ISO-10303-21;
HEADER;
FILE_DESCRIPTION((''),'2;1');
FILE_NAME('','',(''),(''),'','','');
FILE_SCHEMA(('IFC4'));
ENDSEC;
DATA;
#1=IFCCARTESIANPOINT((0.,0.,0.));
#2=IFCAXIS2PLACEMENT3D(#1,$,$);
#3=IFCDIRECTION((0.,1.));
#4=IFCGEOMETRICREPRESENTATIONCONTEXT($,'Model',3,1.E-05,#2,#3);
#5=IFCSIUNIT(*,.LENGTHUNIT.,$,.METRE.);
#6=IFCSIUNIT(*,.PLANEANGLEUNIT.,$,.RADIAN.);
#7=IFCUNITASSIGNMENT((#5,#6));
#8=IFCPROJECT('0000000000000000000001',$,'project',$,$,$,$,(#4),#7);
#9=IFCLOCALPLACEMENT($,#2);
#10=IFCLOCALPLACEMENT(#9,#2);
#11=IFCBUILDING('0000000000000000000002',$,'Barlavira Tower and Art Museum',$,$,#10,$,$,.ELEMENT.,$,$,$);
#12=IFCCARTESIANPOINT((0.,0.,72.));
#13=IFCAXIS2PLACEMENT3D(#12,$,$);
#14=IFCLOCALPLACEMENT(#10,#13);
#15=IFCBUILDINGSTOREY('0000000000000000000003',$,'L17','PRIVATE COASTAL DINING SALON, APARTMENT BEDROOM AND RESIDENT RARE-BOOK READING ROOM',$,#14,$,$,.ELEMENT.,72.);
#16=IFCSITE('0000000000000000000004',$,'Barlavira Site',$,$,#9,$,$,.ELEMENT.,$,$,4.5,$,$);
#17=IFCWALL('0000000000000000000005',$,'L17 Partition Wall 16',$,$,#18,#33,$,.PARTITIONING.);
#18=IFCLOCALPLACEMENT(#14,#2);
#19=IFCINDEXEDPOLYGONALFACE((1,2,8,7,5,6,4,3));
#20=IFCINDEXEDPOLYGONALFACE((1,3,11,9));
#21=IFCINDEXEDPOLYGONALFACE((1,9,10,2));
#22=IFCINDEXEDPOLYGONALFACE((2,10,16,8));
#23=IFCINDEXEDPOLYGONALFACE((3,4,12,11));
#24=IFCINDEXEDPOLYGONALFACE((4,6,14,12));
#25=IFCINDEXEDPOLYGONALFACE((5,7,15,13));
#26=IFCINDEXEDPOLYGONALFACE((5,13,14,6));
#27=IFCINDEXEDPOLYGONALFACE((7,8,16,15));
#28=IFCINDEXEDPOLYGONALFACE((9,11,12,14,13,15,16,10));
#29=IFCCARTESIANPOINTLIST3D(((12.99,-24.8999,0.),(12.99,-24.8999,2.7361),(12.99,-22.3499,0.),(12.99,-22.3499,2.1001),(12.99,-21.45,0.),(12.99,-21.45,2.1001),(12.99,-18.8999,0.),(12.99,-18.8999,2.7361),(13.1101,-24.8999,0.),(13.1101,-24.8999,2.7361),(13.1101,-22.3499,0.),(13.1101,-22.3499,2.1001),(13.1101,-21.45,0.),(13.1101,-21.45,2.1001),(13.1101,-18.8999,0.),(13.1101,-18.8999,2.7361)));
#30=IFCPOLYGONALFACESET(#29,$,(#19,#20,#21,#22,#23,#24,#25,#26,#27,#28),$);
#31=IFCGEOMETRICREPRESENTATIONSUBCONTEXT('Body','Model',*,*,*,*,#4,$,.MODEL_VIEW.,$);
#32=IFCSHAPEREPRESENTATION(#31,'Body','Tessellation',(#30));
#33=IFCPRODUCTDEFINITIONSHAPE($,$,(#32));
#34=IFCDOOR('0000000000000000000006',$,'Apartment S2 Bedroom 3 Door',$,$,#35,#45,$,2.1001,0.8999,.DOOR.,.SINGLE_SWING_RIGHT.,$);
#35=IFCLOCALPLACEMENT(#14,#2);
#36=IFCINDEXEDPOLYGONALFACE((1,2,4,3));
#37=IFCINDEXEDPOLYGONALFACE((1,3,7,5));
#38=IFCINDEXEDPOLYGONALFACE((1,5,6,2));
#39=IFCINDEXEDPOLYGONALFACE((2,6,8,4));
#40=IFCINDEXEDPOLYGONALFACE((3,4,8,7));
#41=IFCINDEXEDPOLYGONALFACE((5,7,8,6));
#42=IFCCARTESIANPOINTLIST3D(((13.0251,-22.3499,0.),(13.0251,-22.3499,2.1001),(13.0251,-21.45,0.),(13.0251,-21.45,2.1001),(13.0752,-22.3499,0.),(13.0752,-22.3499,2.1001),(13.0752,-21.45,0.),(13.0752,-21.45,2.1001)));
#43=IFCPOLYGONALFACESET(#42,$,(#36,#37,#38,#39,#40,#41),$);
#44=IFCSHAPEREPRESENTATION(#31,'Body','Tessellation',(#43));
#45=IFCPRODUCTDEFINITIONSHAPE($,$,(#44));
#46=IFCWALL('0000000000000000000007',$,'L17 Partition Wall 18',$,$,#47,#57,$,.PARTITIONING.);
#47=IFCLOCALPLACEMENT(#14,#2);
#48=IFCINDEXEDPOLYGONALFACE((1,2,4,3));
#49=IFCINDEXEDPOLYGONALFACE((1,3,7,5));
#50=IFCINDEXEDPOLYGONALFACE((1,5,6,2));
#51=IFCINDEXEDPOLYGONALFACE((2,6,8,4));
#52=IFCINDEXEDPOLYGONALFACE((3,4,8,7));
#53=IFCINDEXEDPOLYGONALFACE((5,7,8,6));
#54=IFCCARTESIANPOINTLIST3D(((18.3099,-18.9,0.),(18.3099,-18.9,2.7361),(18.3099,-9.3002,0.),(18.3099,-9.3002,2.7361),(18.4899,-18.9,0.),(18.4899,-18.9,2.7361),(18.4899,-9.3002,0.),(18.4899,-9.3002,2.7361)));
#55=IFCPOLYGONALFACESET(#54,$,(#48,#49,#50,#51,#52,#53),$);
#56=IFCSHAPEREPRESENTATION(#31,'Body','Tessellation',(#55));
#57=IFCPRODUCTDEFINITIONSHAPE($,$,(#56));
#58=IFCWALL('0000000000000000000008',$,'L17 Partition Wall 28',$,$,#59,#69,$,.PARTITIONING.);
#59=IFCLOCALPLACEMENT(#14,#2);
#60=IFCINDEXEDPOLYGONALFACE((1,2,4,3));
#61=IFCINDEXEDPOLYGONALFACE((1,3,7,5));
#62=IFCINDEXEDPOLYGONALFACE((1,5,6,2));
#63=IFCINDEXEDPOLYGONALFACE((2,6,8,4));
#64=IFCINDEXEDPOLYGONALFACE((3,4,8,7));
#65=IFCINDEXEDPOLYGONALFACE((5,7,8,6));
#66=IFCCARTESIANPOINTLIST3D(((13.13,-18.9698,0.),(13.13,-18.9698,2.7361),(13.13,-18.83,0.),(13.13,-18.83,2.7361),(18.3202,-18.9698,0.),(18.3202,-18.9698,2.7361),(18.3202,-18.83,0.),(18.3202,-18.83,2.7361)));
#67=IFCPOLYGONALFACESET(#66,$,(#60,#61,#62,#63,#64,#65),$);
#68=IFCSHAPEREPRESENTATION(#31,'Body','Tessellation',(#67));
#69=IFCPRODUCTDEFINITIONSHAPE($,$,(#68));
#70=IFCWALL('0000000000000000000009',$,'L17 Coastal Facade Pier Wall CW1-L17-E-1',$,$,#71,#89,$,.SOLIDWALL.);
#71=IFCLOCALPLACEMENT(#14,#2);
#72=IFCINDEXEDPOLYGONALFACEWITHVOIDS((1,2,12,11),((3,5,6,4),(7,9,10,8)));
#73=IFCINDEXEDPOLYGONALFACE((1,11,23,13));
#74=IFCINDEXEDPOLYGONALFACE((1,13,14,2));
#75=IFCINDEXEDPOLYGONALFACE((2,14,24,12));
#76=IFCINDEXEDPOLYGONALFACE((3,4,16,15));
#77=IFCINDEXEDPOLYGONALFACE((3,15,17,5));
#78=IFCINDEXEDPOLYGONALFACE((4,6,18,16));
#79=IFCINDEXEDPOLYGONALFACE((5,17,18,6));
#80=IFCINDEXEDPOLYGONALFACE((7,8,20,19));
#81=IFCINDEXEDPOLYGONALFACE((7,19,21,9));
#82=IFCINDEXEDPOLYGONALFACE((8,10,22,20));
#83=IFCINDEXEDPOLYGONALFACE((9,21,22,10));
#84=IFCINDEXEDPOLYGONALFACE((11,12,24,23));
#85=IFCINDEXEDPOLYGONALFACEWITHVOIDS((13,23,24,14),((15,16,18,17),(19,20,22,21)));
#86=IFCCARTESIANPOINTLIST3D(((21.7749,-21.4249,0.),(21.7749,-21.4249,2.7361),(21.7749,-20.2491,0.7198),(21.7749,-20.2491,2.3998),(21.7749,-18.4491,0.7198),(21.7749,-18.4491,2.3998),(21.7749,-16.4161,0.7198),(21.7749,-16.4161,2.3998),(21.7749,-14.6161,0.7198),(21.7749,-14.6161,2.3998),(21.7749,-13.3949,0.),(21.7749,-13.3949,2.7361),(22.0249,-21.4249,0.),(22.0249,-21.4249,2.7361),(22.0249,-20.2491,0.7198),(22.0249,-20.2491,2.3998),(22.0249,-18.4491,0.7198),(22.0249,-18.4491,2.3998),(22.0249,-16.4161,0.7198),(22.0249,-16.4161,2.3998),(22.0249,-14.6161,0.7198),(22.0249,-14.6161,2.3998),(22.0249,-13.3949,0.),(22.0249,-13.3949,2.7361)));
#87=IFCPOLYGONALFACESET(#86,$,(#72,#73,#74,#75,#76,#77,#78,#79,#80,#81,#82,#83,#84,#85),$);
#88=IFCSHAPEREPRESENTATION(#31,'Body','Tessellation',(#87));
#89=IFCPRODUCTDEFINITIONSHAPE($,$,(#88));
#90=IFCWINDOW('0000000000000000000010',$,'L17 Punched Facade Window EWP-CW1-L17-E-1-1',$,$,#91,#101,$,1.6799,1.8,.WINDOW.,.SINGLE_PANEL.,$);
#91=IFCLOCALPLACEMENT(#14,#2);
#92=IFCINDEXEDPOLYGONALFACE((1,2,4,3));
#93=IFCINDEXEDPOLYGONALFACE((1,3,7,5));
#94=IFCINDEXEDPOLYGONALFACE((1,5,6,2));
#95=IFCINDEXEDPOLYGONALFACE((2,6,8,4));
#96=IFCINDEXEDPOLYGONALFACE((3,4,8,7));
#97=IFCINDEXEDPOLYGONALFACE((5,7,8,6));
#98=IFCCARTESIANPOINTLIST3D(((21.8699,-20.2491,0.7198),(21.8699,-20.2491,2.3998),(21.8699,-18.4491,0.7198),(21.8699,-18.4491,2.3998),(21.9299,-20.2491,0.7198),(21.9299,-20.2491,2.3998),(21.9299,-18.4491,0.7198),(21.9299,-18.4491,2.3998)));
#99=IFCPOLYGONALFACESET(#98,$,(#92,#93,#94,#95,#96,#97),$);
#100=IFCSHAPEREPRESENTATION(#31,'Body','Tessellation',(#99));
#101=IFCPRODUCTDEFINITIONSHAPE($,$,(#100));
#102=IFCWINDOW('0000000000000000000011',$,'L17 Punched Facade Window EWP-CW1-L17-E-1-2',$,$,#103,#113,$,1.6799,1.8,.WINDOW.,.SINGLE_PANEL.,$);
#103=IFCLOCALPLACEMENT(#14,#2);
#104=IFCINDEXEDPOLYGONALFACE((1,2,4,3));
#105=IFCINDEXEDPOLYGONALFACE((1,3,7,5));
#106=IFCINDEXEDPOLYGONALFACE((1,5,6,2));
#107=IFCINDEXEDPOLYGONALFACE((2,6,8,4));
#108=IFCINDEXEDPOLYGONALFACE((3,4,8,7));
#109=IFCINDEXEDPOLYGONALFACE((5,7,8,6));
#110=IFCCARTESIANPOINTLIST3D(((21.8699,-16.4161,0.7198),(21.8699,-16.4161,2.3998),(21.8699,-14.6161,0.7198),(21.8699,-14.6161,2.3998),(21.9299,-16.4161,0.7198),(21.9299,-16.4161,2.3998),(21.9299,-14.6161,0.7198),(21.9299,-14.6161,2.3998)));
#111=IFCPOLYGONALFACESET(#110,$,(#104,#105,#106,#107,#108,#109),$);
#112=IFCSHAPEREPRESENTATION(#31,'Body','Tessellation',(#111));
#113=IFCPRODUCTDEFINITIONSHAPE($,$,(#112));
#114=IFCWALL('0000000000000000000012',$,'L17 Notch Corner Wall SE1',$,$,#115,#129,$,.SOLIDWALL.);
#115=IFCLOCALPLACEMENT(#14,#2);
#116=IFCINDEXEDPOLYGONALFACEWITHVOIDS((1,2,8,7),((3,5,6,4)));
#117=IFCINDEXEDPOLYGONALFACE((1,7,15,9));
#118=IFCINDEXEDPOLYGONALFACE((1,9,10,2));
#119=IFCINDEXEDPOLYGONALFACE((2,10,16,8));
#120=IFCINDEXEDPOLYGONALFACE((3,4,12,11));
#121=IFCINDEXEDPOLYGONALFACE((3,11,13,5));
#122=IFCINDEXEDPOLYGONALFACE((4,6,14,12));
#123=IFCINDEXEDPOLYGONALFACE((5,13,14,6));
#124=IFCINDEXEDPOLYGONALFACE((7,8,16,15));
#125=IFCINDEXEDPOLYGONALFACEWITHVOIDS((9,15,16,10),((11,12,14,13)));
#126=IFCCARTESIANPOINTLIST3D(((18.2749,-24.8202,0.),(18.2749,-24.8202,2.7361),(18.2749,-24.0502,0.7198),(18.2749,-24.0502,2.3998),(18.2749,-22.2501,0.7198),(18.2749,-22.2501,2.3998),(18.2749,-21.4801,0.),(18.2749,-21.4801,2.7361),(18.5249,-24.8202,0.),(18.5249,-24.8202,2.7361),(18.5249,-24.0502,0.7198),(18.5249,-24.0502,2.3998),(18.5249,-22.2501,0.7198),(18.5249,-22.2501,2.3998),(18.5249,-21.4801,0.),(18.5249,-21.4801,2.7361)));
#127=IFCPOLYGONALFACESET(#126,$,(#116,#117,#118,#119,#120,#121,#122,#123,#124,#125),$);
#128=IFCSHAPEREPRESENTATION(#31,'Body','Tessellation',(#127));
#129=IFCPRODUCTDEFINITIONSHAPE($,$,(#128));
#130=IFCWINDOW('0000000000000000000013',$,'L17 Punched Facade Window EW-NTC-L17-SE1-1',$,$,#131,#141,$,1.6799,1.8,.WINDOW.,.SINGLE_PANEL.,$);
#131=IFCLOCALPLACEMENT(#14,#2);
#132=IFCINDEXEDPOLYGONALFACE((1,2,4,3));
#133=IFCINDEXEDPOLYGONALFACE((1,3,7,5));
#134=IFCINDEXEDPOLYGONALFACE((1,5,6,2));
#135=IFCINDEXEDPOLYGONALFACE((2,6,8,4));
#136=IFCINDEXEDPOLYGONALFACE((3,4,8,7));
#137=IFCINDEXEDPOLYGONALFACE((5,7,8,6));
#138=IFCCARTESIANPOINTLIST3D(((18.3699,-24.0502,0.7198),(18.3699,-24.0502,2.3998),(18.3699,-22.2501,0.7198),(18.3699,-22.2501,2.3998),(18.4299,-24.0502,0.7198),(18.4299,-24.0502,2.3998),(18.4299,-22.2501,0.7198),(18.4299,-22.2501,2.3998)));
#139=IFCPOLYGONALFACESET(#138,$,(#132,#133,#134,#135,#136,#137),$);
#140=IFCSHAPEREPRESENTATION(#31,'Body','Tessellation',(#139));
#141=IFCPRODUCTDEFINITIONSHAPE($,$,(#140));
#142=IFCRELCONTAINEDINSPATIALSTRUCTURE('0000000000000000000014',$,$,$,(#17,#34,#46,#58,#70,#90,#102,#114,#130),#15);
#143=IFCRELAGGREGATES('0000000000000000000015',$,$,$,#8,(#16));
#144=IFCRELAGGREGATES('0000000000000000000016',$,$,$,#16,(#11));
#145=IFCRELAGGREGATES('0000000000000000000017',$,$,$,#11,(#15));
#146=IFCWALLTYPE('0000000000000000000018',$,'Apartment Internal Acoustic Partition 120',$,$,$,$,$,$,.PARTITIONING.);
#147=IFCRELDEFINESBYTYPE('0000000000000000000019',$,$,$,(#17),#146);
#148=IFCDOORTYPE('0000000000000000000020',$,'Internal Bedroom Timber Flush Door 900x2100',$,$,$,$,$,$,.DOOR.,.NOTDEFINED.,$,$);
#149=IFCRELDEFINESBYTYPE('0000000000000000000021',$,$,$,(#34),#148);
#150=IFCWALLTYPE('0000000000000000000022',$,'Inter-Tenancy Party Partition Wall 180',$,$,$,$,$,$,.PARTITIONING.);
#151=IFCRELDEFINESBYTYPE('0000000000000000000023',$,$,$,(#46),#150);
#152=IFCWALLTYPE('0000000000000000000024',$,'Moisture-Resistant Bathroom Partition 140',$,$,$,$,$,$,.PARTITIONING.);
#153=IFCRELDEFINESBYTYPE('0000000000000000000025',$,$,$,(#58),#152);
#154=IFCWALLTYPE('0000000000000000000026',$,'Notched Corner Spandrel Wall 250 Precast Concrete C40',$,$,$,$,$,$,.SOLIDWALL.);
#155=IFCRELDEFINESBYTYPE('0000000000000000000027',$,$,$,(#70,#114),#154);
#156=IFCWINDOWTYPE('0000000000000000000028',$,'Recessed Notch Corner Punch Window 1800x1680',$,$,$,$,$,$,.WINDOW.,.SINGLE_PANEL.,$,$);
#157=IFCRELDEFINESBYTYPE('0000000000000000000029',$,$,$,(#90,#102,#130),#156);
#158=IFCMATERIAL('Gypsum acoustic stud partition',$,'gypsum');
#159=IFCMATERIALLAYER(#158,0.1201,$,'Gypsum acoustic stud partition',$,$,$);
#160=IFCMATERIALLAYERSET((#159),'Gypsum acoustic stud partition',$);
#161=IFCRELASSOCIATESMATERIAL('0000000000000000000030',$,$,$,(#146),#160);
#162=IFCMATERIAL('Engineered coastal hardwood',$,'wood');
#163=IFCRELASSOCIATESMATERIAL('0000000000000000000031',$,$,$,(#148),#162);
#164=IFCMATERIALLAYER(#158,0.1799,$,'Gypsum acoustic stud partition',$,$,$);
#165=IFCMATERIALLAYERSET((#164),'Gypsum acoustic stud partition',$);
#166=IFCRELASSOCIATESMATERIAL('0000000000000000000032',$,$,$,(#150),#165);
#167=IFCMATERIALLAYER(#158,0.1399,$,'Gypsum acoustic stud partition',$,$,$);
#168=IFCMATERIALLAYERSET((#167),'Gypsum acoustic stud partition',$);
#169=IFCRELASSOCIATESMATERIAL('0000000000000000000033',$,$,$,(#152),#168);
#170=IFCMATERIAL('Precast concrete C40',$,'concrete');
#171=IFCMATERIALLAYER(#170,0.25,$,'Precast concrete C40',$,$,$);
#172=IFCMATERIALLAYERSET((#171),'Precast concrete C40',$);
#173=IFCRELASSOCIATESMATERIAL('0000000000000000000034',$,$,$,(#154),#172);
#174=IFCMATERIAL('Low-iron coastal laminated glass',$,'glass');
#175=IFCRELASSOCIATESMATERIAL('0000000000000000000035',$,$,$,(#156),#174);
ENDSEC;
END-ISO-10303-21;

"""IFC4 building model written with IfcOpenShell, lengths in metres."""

from ifc_helpers import new_model, si_unit, direction, frame, frame_2d, origin, place, context, subcontext, project, spatial, rectangle, extrude, material, layer, layer_set, type_object, element, fill, save


model = new_model("IFC4")

# Units and contexts
model_context = context("Model", 3, precision=1e-05, world=origin(), true_north=direction((0.0, 1.0)))
body_context = subcontext(model_context, "Body", "Model", "MODEL_VIEW")
ifc_project = project(units=[si_unit("LENGTHUNIT", "METRE"), si_unit("PLANEANGLEUNIT", "RADIAN")], contexts=[model_context])

# Site, building, storey
site_placement = place(None, origin())
site = spatial("IfcSite", under=ifc_project, at=site_placement, Name="Barlavira Site", CompositionType="ELEMENT", RefElevation=4.5)
building_placement = place(site_placement, origin())
building = spatial("IfcBuilding", under=site, at=building_placement, Name="Barlavira Tower and Art Museum", CompositionType="ELEMENT")
storey_placement = place(building_placement, frame((0.0, 0.0, 72.0)))
storey = spatial("IfcBuildingStorey", under=building, at=storey_placement, Name="L17", Description="PRIVATE COASTAL DINING SALON, APARTMENT BEDROOM AND RESIDENT RARE-BOOK READING ROOM", CompositionType="ELEMENT", Elevation=72.0)

# Wall, opening, door
ifc_material_1 = material(Name="Gypsum acoustic stud partition", Category="gypsum")
ifc_layer_1 = layer(ifc_material_1, 0.1201, Name="Gypsum acoustic stud partition")
ifc_layer_set_1 = layer_set([ifc_layer_1], Name="Gypsum acoustic stud partition")
wall_type_1 = type_object("IfcWallType", Name="Apartment Internal Acoustic Partition 120", PredefinedType="PARTITIONING", material=ifc_layer_set_1)
wall_1_placement = place(storey_placement, frame((13.05, -24.8999, 0.0), z_axis=(0.0, 0.0, 1.0), x_axis=(0.0, 1.0, 0.0)))
wall_1 = element("IfcWall", 1, at=wall_1_placement, inside=storey, type_object=wall_type_1, Name="L17 Partition Wall 16", PredefinedType="PARTITIONING", context=body_context, shape_type="SweptSolid", body=[
    extrude(rectangle(XDim=6.0, YDim=0.1201, at=frame_2d((3.0, 0.0))), origin(), (0.0, 0.0, 1.0), 2.7361),
])
opening_1_placement = place(wall_1_placement, frame((2.55, 0.0, 0.0)))
opening_1 = element("IfcOpeningElement", 2, at=opening_1_placement, cuts=wall_1, PredefinedType="OPENING", context=body_context, shape_type="SweptSolid", body=[
    extrude(rectangle(XDim=0.8999, YDim=2.1001, at=frame_2d((0.45, 1.05))), frame((0.0, 0.0701, 0.0), z_axis=(0.0, -1.0, 0.0), x_axis=(1.0, 0.0, 0.0)), (0.0, 0.0, 1.0), 0.1401),
])
ifc_material_2 = material(Name="Engineered coastal hardwood", Category="wood")
door_type = type_object("IfcDoorType", Name="Internal Bedroom Timber Flush Door 900x2100", OperationType="NOTDEFINED", PredefinedType="DOOR", material=ifc_material_2)
door_placement = place(opening_1_placement, origin())
door = element("IfcDoor", 3, at=door_placement, inside=storey, type_object=door_type, Name="Apartment S2 Bedroom 3 Door", OperationType="SINGLE_SWING_RIGHT", OverallHeight=2.1001, OverallWidth=0.8999, PredefinedType="DOOR", context=body_context, shape_type="SweptSolid", body=[
    extrude(rectangle(XDim=0.8999, YDim=2.1001, at=frame_2d((0.45, 1.05))), frame((0.0, 0.0249, 0.0), z_axis=(0.0, -1.0, 0.0), x_axis=(1.0, 0.0, 0.0)), (0.0, 0.0, 1.0), 0.05),
])
fill(opening_1, door)

# Walls
ifc_layer_2 = layer(ifc_material_1, 0.1799, Name="Gypsum acoustic stud partition")
ifc_layer_set_2 = layer_set([ifc_layer_2], Name="Gypsum acoustic stud partition")
wall_type_2 = type_object("IfcWallType", Name="Inter-Tenancy Party Partition Wall 180", PredefinedType="PARTITIONING", material=ifc_layer_set_2)
wall_2_placement = place(storey_placement, frame((18.3999, -18.8999, 0.0), z_axis=(0.0, 0.0, 1.0), x_axis=(0.0, 1.0, 0.0)))
element("IfcWall", 4, at=wall_2_placement, inside=storey, type_object=wall_type_2, Name="L17 Partition Wall 18", PredefinedType="PARTITIONING", context=body_context, shape_type="SweptSolid", body=[
    extrude(rectangle(XDim=9.5999, YDim=0.1799, at=frame_2d((4.7998, 0.0))), origin(), (0.0, 0.0, 1.0), 2.7361),
])
ifc_layer_3 = layer(ifc_material_1, 0.1399, Name="Gypsum acoustic stud partition")
ifc_layer_set_3 = layer_set([ifc_layer_3], Name="Gypsum acoustic stud partition")
wall_type_3 = type_object("IfcWallType", Name="Moisture-Resistant Bathroom Partition 140", PredefinedType="PARTITIONING", material=ifc_layer_set_3)
wall_3_placement = place(storey_placement, frame((13.1299, -18.8999, 0.0), z_axis=(0.0, 0.0, 1.0), x_axis=(1.0, 0.0, 0.0)))
element("IfcWall", 5, at=wall_3_placement, inside=storey, type_object=wall_type_3, Name="L17 Partition Wall 28", PredefinedType="PARTITIONING", context=body_context, shape_type="SweptSolid", body=[
    extrude(rectangle(XDim=5.1902, YDim=0.1399, at=frame_2d((2.5952, 0.0))), origin(), (0.0, 0.0, 1.0), 2.7361),
])

# Wall, openings, windows
ifc_material_3 = material(Name="Precast concrete C40", Category="concrete")
ifc_layer_4 = layer(ifc_material_3, 0.25, Name="Precast concrete C40")
ifc_layer_set_4 = layer_set([ifc_layer_4], Name="Precast concrete C40")
wall_type_4 = type_object("IfcWallType", Name="Notched Corner Spandrel Wall 250 Precast Concrete C40", PredefinedType="SOLIDWALL", material=ifc_layer_set_4)
wall_4_placement = place(storey_placement, frame((21.8999, -21.425, 0.0), z_axis=(0.0, 0.0, 1.0), x_axis=(0.0, 1.0, 0.0)))
wall_4 = element("IfcWall", 6, at=wall_4_placement, inside=storey, type_object=wall_type_4, Name="L17 Coastal Facade Pier Wall CW1-L17-E-1", PredefinedType="SOLIDWALL", context=body_context, shape_type="SweptSolid", body=[
    extrude(rectangle(XDim=8.03, YDim=0.25, at=frame_2d((4.0151, 0.0))), origin(), (0.0, 0.0, 1.0), 2.7361),
])
opening_2_placement = place(wall_4_placement, frame((1.176, 0.0, 0.72)))
opening_2 = element("IfcOpeningElement", 7, at=opening_2_placement, cuts=wall_4, PredefinedType="OPENING", context=body_context, shape_type="SweptSolid", body=[
    extrude(rectangle(XDim=1.8, YDim=1.6799, at=frame_2d((0.8999, 0.8398))), frame((0.0, 0.135, 0.0), z_axis=(0.0, -1.0, 0.0), x_axis=(1.0, 0.0, 0.0)), (0.0, 0.0, 1.0), 0.27),
])
opening_3_placement = place(wall_4_placement, frame((5.009, 0.0, 0.72)))
opening_3 = element("IfcOpeningElement", 8, at=opening_3_placement, cuts=wall_4, PredefinedType="OPENING", context=body_context, shape_type="SweptSolid", body=[
    extrude(rectangle(XDim=1.8, YDim=1.6799, at=frame_2d((0.8999, 0.8398))), frame((0.0, 0.135, 0.0), z_axis=(0.0, -1.0, 0.0), x_axis=(1.0, 0.0, 0.0)), (0.0, 0.0, 1.0), 0.27),
])
ifc_material_4 = material(Name="Low-iron coastal laminated glass", Category="glass")
window_type = type_object("IfcWindowType", Name="Recessed Notch Corner Punch Window 1800x1680", PartitioningType="SINGLE_PANEL", PredefinedType="WINDOW", material=ifc_material_4)
window_1_placement = place(opening_2_placement, origin())
window_1 = element("IfcWindow", 9, at=window_1_placement, inside=storey, type_object=window_type, Name="L17 Punched Facade Window EWP-CW1-L17-E-1-1", OverallHeight=1.6799, OverallWidth=1.8, PartitioningType="SINGLE_PANEL", PredefinedType="WINDOW", context=body_context, shape_type="SweptSolid", body=[
    extrude(rectangle(XDim=1.8, YDim=1.6799, at=frame_2d((0.8999, 0.8398))), frame((0.0, 0.03, 0.0), z_axis=(0.0, -1.0, 0.0), x_axis=(1.0, 0.0, 0.0)), (0.0, 0.0, 1.0), 0.0601),
])
fill(opening_2, window_1)
window_2_placement = place(opening_3_placement, origin())
window_2 = element("IfcWindow", 10, at=window_2_placement, inside=storey, type_object=window_type, Name="L17 Punched Facade Window EWP-CW1-L17-E-1-2", OverallHeight=1.6799, OverallWidth=1.8, PartitioningType="SINGLE_PANEL", PredefinedType="WINDOW", context=body_context, shape_type="SweptSolid", body=[
    extrude(rectangle(XDim=1.8, YDim=1.6799, at=frame_2d((0.8999, 0.8398))), frame((0.0, 0.03, 0.0), z_axis=(0.0, -1.0, 0.0), x_axis=(1.0, 0.0, 0.0)), (0.0, 0.0, 1.0), 0.0601),
])
fill(opening_3, window_2)

# Wall, opening, window
wall_5_placement = place(storey_placement, frame((18.3999, -24.8201, 0.0), z_axis=(0.0, 0.0, 1.0), x_axis=(0.0, 1.0, 0.0)))
wall_5 = element("IfcWall", 11, at=wall_5_placement, inside=storey, type_object=wall_type_4, Name="L17 Notch Corner Wall SE1", PredefinedType="SOLIDWALL", context=body_context, shape_type="SweptSolid", body=[
    extrude(rectangle(XDim=3.3401, YDim=0.25, at=frame_2d((1.6699, 0.0))), origin(), (0.0, 0.0, 1.0), 2.7361),
])
opening_4_placement = place(wall_5_placement, frame((0.77, 0.0, 0.72)))
opening_4 = element("IfcOpeningElement", 12, at=opening_4_placement, cuts=wall_5, PredefinedType="OPENING", context=body_context, shape_type="SweptSolid", body=[
    extrude(rectangle(XDim=1.8, YDim=1.6799, at=frame_2d((0.8999, 0.8398))), frame((0.0, 0.135, 0.0), z_axis=(0.0, -1.0, 0.0), x_axis=(1.0, 0.0, 0.0)), (0.0, 0.0, 1.0), 0.27),
])
window_3_placement = place(opening_4_placement, origin())
window_3 = element("IfcWindow", 13, at=window_3_placement, inside=storey, type_object=window_type, Name="L17 Punched Facade Window EW-NTC-L17-SE1-1", OverallHeight=1.6799, OverallWidth=1.8, PartitioningType="SINGLE_PANEL", PredefinedType="WINDOW", context=body_context, shape_type="SweptSolid", body=[
    extrude(rectangle(XDim=1.8, YDim=1.6799, at=frame_2d((0.8999, 0.8398))), frame((0.0, 0.03, 0.0), z_axis=(0.0, -1.0, 0.0), x_axis=(1.0, 0.0, 0.0)), (0.0, 0.0, 1.0), 0.0601),
])
fill(opening_4, window_3)

save(model, "model.ifc")
